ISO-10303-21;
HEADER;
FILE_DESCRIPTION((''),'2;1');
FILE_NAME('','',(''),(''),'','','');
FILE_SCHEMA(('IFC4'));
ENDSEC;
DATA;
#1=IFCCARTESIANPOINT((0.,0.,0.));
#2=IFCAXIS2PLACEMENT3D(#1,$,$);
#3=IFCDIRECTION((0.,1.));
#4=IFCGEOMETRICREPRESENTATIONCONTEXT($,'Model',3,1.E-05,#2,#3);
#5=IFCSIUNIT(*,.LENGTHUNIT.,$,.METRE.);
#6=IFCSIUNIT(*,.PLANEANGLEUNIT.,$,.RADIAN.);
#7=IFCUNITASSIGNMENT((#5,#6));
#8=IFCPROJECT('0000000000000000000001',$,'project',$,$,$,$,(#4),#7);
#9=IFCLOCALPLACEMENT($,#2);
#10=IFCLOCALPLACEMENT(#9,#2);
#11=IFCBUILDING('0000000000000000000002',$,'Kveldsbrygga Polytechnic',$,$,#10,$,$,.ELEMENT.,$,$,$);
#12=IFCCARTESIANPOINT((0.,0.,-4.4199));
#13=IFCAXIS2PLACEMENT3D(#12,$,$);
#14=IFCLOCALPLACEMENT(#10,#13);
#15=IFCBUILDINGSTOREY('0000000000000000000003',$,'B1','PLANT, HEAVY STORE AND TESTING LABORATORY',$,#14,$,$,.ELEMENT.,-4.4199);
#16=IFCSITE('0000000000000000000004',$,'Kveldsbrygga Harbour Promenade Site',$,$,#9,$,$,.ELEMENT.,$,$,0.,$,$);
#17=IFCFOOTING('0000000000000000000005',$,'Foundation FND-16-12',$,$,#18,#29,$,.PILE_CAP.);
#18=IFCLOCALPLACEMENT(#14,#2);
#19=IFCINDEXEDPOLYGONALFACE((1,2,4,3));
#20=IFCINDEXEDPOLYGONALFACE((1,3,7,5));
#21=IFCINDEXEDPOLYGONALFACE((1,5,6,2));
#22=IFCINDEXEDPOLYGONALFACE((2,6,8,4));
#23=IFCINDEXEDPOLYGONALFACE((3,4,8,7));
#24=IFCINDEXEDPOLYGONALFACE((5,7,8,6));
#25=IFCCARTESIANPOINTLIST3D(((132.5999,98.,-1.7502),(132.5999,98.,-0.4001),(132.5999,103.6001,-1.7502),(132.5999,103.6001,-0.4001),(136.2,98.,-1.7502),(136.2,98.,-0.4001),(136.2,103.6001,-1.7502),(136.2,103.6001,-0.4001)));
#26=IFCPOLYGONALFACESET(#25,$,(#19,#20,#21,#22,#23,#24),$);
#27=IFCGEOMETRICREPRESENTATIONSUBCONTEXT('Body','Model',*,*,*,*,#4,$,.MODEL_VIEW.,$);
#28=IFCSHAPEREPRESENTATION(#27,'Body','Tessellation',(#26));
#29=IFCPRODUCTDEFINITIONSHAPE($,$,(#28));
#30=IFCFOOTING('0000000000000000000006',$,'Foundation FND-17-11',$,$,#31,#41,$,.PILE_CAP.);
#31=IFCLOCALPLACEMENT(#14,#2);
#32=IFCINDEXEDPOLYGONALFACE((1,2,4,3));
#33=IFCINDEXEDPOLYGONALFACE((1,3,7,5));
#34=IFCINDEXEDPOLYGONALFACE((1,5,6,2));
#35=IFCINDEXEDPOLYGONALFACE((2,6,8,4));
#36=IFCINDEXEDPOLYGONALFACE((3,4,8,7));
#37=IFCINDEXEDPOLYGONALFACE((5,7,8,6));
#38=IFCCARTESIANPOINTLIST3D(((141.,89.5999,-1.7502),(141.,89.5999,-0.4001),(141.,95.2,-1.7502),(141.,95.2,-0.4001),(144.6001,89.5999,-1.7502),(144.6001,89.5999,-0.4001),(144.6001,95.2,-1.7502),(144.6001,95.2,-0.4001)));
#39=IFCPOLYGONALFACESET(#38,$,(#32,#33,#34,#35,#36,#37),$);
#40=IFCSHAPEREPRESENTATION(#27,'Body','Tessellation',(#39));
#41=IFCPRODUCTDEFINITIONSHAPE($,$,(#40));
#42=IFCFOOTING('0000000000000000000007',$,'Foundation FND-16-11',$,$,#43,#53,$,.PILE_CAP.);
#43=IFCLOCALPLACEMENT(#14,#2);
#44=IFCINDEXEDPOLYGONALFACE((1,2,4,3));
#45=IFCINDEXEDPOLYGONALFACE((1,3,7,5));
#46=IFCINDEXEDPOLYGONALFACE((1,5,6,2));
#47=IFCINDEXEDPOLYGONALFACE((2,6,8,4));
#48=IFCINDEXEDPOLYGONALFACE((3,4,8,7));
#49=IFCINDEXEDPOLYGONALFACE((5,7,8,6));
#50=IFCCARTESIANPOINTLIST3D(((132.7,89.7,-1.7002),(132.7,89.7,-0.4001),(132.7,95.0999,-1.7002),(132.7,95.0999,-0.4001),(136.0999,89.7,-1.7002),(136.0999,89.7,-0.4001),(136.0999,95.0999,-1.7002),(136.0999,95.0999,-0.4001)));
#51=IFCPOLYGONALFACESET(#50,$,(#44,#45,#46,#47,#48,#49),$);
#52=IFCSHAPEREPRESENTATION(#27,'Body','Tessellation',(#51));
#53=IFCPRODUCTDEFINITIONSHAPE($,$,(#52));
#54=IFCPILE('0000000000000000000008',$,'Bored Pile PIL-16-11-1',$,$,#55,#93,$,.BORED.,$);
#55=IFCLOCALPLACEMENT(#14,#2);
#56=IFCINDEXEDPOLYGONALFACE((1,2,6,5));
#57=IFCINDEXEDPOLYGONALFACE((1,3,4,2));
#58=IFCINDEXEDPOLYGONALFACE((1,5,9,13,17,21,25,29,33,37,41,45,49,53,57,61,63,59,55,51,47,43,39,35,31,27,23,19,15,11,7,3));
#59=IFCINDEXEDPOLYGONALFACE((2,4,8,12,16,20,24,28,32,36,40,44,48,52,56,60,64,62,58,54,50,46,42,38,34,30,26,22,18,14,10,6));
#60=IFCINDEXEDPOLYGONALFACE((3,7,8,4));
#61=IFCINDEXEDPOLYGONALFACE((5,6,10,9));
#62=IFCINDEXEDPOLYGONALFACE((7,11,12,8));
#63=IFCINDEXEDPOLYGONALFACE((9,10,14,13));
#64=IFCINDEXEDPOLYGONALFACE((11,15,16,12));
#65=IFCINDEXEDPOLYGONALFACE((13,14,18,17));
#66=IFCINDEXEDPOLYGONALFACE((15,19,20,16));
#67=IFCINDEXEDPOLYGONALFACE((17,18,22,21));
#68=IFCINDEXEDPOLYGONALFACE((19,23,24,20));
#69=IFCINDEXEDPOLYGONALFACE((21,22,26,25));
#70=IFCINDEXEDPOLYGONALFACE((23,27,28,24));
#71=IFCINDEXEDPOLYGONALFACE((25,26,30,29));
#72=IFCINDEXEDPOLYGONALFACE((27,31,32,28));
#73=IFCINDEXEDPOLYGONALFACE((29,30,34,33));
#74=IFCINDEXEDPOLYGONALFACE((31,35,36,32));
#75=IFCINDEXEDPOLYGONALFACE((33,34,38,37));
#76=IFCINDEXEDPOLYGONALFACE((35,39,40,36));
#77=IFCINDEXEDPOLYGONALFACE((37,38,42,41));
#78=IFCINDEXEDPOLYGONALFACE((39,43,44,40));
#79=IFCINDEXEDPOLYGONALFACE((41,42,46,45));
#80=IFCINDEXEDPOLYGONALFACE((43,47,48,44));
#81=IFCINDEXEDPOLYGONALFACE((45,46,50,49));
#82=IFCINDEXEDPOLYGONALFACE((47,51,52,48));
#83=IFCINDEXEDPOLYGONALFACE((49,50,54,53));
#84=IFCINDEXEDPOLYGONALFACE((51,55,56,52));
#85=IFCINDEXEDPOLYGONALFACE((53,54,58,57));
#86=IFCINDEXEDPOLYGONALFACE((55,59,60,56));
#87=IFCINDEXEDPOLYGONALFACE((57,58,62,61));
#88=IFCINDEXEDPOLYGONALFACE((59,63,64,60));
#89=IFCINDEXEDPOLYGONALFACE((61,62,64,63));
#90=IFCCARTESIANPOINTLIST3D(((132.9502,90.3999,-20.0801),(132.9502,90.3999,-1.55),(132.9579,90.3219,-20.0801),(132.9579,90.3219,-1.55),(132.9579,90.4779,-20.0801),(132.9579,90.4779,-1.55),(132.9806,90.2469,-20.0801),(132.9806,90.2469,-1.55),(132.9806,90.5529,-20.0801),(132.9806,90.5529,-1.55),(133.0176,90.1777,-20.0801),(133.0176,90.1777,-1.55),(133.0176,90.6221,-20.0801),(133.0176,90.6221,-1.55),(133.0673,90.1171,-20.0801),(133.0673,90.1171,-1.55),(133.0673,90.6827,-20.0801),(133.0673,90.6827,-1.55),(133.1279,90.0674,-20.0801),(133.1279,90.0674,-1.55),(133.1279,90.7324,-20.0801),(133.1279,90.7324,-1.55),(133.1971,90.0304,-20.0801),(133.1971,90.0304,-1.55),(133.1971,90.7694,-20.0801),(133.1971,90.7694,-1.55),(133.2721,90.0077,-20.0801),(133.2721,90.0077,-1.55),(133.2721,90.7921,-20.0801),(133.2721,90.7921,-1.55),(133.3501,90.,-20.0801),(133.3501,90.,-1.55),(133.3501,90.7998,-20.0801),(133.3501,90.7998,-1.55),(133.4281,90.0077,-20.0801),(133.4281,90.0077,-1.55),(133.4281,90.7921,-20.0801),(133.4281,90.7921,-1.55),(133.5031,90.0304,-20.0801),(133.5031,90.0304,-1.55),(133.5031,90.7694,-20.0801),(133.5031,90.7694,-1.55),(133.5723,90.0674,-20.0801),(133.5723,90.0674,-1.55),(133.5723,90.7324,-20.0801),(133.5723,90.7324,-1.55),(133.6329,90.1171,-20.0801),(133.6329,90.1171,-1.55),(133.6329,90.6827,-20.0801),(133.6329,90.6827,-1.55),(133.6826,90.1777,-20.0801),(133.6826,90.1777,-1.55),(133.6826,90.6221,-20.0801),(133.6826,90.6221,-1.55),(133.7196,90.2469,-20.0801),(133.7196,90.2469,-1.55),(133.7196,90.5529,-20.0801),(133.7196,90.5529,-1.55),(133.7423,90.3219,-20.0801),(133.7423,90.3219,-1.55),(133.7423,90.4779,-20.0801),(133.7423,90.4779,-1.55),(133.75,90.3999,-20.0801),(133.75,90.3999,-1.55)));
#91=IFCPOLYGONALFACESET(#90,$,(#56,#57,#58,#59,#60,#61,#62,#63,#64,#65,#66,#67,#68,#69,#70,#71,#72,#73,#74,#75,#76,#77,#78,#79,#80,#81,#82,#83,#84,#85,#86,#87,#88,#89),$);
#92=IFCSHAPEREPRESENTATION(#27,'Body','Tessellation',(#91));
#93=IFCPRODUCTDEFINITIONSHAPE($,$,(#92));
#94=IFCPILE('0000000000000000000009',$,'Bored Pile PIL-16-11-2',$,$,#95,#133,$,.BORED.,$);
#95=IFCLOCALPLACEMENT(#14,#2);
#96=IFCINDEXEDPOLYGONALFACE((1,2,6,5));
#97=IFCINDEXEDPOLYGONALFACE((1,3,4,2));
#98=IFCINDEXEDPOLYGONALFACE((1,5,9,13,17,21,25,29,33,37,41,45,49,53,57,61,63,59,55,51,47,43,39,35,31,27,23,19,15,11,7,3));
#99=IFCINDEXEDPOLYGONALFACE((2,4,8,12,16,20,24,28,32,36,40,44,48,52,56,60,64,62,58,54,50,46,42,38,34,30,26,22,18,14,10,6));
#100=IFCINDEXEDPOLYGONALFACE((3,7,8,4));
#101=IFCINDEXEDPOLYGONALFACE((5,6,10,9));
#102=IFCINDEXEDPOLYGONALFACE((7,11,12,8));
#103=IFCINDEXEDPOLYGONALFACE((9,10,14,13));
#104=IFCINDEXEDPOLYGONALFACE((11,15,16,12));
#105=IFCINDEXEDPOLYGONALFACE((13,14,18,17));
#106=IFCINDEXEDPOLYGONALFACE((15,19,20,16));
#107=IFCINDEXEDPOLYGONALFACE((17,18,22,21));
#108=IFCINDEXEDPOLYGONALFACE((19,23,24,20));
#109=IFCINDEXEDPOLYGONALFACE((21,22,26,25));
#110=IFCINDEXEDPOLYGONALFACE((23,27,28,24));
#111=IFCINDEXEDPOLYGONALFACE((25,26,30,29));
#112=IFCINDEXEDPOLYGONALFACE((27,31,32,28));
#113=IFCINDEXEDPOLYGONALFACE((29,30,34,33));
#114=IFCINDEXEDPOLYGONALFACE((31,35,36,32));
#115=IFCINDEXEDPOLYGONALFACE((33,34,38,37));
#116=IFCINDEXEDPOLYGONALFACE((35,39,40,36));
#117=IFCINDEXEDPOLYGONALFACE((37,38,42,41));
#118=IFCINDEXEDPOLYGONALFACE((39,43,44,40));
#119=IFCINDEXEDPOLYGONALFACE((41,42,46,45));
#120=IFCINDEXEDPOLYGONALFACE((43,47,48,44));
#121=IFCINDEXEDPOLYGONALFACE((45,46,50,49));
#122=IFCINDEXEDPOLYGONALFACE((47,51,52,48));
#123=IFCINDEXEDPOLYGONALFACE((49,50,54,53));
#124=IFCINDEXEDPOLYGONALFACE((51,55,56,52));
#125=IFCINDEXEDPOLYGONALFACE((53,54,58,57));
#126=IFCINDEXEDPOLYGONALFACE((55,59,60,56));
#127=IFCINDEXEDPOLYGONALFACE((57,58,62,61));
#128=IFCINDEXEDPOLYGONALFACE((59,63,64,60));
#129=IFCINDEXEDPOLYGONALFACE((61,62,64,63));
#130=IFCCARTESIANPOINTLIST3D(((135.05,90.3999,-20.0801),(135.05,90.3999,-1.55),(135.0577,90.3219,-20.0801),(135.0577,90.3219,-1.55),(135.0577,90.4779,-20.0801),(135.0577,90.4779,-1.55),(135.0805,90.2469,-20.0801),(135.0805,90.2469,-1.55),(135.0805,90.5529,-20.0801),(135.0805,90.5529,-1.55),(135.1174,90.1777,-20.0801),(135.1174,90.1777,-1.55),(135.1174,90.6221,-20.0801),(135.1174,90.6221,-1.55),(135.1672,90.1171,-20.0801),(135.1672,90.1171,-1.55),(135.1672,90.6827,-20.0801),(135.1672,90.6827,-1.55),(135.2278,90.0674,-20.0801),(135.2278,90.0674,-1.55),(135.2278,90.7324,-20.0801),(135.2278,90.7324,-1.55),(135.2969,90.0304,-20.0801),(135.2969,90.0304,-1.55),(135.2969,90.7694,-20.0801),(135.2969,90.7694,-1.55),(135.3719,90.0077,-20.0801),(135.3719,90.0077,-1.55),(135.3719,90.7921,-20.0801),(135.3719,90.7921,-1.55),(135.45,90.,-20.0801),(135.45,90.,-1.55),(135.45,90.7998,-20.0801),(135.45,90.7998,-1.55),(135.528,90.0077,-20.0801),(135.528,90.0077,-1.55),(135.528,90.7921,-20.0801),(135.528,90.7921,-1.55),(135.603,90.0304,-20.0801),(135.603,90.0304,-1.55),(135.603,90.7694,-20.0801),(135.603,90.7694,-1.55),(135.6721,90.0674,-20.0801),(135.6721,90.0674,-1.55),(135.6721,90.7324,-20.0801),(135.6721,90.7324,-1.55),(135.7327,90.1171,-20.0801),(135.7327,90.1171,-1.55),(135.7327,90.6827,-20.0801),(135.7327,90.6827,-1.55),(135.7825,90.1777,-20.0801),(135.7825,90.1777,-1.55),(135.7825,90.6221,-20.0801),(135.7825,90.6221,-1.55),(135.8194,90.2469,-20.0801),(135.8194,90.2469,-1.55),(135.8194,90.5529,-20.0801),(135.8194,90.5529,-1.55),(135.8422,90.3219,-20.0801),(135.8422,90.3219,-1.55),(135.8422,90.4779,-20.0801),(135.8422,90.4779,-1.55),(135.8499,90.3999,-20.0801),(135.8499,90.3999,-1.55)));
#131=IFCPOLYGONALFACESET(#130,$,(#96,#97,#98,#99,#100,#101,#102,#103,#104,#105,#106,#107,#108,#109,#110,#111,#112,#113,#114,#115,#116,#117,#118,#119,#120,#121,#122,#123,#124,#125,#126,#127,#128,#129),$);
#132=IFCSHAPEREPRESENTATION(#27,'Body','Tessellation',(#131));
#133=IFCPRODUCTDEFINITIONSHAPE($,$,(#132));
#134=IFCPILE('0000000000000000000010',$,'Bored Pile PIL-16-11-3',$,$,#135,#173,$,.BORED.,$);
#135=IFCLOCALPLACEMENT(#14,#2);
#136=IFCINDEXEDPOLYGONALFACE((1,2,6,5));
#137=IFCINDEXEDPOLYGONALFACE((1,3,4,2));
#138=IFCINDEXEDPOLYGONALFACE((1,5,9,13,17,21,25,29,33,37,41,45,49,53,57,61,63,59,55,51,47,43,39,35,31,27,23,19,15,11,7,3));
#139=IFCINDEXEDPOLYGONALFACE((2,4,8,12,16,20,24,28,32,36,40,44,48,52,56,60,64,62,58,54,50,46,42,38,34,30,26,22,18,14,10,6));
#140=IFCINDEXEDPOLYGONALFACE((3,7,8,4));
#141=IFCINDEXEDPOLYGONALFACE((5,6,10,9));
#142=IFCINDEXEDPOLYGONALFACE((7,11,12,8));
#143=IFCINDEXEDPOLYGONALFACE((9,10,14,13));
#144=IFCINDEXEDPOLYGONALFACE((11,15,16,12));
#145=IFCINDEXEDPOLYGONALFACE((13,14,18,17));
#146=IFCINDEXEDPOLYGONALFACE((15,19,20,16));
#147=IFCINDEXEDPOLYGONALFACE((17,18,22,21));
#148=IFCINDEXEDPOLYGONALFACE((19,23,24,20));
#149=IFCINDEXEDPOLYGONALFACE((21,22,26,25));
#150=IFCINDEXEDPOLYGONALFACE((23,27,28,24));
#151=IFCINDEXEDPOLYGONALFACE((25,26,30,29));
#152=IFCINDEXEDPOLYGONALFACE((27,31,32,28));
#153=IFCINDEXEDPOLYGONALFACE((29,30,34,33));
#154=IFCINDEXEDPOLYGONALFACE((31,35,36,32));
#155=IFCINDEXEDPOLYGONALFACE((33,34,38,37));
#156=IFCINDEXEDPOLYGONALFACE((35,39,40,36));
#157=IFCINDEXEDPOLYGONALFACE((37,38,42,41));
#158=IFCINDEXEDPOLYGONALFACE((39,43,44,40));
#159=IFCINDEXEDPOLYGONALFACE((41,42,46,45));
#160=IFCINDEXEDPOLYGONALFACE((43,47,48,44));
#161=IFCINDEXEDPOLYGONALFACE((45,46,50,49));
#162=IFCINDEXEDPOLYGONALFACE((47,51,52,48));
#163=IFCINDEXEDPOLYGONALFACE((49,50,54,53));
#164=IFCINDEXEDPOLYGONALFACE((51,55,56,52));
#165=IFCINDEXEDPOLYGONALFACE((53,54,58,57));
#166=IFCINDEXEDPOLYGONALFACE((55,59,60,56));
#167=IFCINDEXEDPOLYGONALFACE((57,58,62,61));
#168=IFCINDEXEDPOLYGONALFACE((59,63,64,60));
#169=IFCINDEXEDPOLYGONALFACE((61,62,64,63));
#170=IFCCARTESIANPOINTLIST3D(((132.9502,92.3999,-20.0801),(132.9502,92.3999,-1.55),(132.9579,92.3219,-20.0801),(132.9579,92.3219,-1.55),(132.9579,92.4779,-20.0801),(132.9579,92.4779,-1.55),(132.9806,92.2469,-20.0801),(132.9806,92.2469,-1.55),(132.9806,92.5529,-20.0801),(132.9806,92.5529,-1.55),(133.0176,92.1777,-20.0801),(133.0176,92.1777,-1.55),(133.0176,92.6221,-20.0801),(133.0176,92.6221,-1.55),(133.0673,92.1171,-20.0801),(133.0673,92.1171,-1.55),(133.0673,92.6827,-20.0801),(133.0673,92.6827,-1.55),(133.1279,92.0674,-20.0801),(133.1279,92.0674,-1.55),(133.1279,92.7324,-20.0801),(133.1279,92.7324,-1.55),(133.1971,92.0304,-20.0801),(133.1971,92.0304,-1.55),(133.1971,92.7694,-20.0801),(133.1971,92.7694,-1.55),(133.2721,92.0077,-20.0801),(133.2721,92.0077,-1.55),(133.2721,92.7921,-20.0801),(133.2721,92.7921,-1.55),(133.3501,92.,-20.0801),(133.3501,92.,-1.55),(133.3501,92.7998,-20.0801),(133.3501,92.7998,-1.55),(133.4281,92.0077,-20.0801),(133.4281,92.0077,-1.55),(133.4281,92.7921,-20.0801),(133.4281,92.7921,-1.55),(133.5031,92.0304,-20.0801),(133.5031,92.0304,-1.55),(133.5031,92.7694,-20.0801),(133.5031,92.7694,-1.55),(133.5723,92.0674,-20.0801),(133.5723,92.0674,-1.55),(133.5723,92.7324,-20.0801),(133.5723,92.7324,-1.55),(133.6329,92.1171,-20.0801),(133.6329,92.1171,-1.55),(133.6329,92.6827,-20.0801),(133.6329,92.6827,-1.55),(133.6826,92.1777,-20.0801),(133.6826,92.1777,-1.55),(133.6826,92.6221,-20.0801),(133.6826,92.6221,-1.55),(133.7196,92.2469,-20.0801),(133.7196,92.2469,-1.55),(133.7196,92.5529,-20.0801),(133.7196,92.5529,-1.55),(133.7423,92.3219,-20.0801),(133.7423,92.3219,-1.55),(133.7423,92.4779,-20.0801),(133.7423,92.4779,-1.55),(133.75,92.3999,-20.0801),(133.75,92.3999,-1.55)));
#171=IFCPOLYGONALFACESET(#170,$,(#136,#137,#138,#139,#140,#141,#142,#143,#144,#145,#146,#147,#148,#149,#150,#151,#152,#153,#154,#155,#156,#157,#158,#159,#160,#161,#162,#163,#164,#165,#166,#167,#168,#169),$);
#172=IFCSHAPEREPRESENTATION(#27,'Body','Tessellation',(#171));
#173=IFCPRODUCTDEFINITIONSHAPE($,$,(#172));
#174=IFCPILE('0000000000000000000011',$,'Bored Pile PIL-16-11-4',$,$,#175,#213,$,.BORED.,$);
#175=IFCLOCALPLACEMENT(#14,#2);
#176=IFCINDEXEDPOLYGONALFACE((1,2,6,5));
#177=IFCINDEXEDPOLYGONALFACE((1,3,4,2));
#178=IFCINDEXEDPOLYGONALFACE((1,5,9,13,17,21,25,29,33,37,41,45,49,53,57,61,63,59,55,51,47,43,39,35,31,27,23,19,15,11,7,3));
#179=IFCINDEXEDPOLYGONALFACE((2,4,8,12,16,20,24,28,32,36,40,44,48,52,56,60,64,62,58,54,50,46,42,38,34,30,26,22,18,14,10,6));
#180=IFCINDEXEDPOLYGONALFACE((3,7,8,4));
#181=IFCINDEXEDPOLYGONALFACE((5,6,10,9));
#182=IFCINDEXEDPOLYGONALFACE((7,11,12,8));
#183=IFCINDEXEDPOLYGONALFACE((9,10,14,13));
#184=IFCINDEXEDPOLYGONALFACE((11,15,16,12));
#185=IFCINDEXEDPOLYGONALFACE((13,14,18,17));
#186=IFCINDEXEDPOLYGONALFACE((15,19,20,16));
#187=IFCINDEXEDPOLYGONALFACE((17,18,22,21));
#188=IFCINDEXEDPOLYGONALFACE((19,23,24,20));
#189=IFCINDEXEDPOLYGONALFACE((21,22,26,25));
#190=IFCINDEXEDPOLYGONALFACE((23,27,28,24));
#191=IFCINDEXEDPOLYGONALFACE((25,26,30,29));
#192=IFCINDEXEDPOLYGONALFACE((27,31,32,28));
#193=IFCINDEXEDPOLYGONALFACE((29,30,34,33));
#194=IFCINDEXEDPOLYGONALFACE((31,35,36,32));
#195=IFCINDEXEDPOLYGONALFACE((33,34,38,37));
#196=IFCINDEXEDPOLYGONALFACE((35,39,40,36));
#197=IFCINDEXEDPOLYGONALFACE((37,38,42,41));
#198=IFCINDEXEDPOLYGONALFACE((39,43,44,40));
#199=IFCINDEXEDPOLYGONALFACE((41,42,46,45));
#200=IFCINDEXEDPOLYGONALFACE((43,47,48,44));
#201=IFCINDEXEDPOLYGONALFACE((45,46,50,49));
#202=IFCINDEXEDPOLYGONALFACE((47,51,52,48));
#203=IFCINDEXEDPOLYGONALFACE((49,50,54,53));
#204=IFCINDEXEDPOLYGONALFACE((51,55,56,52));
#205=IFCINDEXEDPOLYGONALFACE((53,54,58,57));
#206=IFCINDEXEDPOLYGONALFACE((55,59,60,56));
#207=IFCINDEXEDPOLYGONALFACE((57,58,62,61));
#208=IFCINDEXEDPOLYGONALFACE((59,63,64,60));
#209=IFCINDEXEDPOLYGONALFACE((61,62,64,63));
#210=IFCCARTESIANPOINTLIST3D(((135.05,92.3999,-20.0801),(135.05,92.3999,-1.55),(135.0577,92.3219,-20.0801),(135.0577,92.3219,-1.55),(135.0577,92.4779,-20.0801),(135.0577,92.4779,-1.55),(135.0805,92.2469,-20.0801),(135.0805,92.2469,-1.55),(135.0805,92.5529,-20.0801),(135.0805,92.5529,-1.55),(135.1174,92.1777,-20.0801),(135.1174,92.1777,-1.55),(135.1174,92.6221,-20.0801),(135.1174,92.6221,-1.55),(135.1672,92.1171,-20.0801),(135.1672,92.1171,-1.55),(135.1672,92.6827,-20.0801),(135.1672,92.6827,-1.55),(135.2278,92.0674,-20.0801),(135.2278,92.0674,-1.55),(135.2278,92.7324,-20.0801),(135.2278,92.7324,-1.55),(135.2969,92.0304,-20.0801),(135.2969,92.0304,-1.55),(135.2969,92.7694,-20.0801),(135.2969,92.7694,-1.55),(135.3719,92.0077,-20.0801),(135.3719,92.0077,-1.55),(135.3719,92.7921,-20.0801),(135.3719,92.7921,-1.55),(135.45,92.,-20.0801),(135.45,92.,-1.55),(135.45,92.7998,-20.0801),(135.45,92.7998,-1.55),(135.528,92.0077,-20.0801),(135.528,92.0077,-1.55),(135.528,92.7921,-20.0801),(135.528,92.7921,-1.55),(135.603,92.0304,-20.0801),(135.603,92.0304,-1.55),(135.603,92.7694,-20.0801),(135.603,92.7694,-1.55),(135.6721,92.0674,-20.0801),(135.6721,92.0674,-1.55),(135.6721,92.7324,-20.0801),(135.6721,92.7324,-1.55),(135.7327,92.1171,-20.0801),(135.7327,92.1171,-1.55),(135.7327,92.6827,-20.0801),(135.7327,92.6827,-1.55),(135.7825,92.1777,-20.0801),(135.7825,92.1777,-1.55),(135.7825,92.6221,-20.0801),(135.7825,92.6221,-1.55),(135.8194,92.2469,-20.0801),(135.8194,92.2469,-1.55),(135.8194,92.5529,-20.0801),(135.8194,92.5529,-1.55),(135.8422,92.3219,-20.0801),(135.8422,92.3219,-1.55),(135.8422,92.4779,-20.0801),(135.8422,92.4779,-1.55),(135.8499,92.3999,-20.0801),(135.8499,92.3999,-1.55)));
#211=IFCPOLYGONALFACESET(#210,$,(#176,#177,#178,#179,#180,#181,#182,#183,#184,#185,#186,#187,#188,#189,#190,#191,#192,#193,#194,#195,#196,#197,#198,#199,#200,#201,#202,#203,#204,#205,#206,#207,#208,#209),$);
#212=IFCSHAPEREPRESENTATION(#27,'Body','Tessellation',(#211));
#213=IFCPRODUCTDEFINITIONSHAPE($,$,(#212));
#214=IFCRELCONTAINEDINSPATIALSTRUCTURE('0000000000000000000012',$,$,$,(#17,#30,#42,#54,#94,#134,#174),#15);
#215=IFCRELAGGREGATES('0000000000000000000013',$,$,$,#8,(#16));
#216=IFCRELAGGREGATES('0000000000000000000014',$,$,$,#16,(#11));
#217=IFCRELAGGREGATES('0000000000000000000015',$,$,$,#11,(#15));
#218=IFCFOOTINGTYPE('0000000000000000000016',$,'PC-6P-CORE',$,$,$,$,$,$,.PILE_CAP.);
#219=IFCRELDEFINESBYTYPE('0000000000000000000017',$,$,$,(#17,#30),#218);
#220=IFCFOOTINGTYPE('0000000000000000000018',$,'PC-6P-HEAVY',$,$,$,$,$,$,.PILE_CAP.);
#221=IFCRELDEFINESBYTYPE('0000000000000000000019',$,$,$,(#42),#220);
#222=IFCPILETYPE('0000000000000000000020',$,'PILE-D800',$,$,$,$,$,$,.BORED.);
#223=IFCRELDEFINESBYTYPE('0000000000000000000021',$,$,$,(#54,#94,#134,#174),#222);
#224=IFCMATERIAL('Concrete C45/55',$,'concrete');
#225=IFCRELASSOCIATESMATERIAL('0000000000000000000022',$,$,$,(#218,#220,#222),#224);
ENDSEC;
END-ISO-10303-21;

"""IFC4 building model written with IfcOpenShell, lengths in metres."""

from ifc_helpers import new_model, si_unit, direction, frame, origin, origin_2d, place, context, subcontext, project, spatial, rectangle, circle, extrude, material, material_profile, profile_set, type_object, element, save


model = new_model("IFC4")

# Units and contexts
model_context = context("Model", 3, precision=1e-05, world=origin(), true_north=direction((0.0, 1.0)))
body_context = subcontext(model_context, "Body", "Model", "MODEL_VIEW")
ifc_project = project(units=[si_unit("LENGTHUNIT", "METRE"), si_unit("PLANEANGLEUNIT", "RADIAN")], contexts=[model_context])

# Site, building, storey
site_placement = place(None, origin())
site = spatial("IfcSite", under=ifc_project, at=site_placement, Name="Kveldsbrygga Harbour Promenade Site", CompositionType="ELEMENT", RefElevation=0.0)
building_placement = place(site_placement, origin())
building = spatial("IfcBuilding", under=site, at=building_placement, Name="Kveldsbrygga Polytechnic", CompositionType="ELEMENT")
storey_placement = place(building_placement, frame((0.0, 0.0, -4.4199)))
storey = spatial("IfcBuildingStorey", under=building, at=storey_placement, Name="B1", Description="PLANT, HEAVY STORE AND TESTING LABORATORY", CompositionType="ELEMENT", Elevation=-4.4199)

# Footings
ifc_material_1 = material(Name="Concrete C45/55", Category="concrete")
footing_type_1 = type_object("IfcFootingType", Name="PC-6P-CORE", PredefinedType="PILE_CAP", material=ifc_material_1)
for number, where, z_axis, x_axis, name in (
    (1, (134.3999, 100.8, -1.7502), (0.0, 0.0, 1.0), (1.0, 0.0, 0.0), "Foundation FND-16-12"),
    (2, (142.8, 92.3999, -1.7502), (0.0, 0.0, 1.0), (1.0, 0.0, 0.0), "Foundation FND-17-11"),
):
    element("IfcFooting", number, at=place(storey_placement, frame(where, z_axis=z_axis, x_axis=x_axis)), inside=storey, type_object=footing_type_1, Name=name, PredefinedType="PILE_CAP", context=body_context, shape_type="SweptSolid", body=[
        extrude(rectangle(XDim=3.6001, YDim=5.6001, at=origin_2d()), origin(), (0.0, 0.0, 1.0), 1.3501),
    ])
footing_type_2 = type_object("IfcFootingType", Name="PC-6P-HEAVY", PredefinedType="PILE_CAP", material=ifc_material_1)
footing_placement = place(storey_placement, frame((134.3999, 92.3999, -1.7002), z_axis=(0.0, 0.0, 1.0), x_axis=(1.0, 0.0, 0.0)))
element("IfcFooting", 3, at=footing_placement, inside=storey, type_object=footing_type_2, Name="Foundation FND-16-11", PredefinedType="PILE_CAP", context=body_context, shape_type="SweptSolid", body=[
    extrude(rectangle(XDim=3.3999, YDim=5.3999, at=origin_2d()), origin(), (0.0, 0.0, 1.0), 1.3),
])

# Piles
ifc_material_profile_1 = material_profile(ifc_material_1, circle(Radius=0.3999, at=origin_2d()), Name="PILE D800")
ifc_profile_set_1 = profile_set([ifc_material_profile_1], Name="Concrete C45/55")
pile_type = type_object("IfcPileType", Name="PILE-D800", PredefinedType="BORED", material=ifc_profile_set_1)
for number, where, z_axis, x_axis, name in (
    (4, (133.3501, 90.3999, -1.55), (0.0, 0.0, -1.0), (1.0, 0.0, 0.0), "Bored Pile PIL-16-11-1"),
    (5, (135.45, 90.3999, -1.55), (0.0, 0.0, -1.0), (1.0, 0.0, 0.0), "Bored Pile PIL-16-11-2"),
    (6, (133.3501, 92.3999, -1.55), (0.0, 0.0, -1.0), (1.0, 0.0, 0.0), "Bored Pile PIL-16-11-3"),
    (7, (135.45, 92.3999, -1.55), (0.0, 0.0, -1.0), (1.0, 0.0, 0.0), "Bored Pile PIL-16-11-4"),
):
    element("IfcPile", number, at=place(storey_placement, frame(where, z_axis=z_axis, x_axis=x_axis)), inside=storey, type_object=pile_type, Name=name, PredefinedType="BORED", context=body_context, shape_type="SweptSolid", body=[
        extrude(circle(Radius=0.3999, at=origin_2d()), origin(), (0.0, 0.0, 1.0), 18.53),
    ])

save(model, "model.ifc")
